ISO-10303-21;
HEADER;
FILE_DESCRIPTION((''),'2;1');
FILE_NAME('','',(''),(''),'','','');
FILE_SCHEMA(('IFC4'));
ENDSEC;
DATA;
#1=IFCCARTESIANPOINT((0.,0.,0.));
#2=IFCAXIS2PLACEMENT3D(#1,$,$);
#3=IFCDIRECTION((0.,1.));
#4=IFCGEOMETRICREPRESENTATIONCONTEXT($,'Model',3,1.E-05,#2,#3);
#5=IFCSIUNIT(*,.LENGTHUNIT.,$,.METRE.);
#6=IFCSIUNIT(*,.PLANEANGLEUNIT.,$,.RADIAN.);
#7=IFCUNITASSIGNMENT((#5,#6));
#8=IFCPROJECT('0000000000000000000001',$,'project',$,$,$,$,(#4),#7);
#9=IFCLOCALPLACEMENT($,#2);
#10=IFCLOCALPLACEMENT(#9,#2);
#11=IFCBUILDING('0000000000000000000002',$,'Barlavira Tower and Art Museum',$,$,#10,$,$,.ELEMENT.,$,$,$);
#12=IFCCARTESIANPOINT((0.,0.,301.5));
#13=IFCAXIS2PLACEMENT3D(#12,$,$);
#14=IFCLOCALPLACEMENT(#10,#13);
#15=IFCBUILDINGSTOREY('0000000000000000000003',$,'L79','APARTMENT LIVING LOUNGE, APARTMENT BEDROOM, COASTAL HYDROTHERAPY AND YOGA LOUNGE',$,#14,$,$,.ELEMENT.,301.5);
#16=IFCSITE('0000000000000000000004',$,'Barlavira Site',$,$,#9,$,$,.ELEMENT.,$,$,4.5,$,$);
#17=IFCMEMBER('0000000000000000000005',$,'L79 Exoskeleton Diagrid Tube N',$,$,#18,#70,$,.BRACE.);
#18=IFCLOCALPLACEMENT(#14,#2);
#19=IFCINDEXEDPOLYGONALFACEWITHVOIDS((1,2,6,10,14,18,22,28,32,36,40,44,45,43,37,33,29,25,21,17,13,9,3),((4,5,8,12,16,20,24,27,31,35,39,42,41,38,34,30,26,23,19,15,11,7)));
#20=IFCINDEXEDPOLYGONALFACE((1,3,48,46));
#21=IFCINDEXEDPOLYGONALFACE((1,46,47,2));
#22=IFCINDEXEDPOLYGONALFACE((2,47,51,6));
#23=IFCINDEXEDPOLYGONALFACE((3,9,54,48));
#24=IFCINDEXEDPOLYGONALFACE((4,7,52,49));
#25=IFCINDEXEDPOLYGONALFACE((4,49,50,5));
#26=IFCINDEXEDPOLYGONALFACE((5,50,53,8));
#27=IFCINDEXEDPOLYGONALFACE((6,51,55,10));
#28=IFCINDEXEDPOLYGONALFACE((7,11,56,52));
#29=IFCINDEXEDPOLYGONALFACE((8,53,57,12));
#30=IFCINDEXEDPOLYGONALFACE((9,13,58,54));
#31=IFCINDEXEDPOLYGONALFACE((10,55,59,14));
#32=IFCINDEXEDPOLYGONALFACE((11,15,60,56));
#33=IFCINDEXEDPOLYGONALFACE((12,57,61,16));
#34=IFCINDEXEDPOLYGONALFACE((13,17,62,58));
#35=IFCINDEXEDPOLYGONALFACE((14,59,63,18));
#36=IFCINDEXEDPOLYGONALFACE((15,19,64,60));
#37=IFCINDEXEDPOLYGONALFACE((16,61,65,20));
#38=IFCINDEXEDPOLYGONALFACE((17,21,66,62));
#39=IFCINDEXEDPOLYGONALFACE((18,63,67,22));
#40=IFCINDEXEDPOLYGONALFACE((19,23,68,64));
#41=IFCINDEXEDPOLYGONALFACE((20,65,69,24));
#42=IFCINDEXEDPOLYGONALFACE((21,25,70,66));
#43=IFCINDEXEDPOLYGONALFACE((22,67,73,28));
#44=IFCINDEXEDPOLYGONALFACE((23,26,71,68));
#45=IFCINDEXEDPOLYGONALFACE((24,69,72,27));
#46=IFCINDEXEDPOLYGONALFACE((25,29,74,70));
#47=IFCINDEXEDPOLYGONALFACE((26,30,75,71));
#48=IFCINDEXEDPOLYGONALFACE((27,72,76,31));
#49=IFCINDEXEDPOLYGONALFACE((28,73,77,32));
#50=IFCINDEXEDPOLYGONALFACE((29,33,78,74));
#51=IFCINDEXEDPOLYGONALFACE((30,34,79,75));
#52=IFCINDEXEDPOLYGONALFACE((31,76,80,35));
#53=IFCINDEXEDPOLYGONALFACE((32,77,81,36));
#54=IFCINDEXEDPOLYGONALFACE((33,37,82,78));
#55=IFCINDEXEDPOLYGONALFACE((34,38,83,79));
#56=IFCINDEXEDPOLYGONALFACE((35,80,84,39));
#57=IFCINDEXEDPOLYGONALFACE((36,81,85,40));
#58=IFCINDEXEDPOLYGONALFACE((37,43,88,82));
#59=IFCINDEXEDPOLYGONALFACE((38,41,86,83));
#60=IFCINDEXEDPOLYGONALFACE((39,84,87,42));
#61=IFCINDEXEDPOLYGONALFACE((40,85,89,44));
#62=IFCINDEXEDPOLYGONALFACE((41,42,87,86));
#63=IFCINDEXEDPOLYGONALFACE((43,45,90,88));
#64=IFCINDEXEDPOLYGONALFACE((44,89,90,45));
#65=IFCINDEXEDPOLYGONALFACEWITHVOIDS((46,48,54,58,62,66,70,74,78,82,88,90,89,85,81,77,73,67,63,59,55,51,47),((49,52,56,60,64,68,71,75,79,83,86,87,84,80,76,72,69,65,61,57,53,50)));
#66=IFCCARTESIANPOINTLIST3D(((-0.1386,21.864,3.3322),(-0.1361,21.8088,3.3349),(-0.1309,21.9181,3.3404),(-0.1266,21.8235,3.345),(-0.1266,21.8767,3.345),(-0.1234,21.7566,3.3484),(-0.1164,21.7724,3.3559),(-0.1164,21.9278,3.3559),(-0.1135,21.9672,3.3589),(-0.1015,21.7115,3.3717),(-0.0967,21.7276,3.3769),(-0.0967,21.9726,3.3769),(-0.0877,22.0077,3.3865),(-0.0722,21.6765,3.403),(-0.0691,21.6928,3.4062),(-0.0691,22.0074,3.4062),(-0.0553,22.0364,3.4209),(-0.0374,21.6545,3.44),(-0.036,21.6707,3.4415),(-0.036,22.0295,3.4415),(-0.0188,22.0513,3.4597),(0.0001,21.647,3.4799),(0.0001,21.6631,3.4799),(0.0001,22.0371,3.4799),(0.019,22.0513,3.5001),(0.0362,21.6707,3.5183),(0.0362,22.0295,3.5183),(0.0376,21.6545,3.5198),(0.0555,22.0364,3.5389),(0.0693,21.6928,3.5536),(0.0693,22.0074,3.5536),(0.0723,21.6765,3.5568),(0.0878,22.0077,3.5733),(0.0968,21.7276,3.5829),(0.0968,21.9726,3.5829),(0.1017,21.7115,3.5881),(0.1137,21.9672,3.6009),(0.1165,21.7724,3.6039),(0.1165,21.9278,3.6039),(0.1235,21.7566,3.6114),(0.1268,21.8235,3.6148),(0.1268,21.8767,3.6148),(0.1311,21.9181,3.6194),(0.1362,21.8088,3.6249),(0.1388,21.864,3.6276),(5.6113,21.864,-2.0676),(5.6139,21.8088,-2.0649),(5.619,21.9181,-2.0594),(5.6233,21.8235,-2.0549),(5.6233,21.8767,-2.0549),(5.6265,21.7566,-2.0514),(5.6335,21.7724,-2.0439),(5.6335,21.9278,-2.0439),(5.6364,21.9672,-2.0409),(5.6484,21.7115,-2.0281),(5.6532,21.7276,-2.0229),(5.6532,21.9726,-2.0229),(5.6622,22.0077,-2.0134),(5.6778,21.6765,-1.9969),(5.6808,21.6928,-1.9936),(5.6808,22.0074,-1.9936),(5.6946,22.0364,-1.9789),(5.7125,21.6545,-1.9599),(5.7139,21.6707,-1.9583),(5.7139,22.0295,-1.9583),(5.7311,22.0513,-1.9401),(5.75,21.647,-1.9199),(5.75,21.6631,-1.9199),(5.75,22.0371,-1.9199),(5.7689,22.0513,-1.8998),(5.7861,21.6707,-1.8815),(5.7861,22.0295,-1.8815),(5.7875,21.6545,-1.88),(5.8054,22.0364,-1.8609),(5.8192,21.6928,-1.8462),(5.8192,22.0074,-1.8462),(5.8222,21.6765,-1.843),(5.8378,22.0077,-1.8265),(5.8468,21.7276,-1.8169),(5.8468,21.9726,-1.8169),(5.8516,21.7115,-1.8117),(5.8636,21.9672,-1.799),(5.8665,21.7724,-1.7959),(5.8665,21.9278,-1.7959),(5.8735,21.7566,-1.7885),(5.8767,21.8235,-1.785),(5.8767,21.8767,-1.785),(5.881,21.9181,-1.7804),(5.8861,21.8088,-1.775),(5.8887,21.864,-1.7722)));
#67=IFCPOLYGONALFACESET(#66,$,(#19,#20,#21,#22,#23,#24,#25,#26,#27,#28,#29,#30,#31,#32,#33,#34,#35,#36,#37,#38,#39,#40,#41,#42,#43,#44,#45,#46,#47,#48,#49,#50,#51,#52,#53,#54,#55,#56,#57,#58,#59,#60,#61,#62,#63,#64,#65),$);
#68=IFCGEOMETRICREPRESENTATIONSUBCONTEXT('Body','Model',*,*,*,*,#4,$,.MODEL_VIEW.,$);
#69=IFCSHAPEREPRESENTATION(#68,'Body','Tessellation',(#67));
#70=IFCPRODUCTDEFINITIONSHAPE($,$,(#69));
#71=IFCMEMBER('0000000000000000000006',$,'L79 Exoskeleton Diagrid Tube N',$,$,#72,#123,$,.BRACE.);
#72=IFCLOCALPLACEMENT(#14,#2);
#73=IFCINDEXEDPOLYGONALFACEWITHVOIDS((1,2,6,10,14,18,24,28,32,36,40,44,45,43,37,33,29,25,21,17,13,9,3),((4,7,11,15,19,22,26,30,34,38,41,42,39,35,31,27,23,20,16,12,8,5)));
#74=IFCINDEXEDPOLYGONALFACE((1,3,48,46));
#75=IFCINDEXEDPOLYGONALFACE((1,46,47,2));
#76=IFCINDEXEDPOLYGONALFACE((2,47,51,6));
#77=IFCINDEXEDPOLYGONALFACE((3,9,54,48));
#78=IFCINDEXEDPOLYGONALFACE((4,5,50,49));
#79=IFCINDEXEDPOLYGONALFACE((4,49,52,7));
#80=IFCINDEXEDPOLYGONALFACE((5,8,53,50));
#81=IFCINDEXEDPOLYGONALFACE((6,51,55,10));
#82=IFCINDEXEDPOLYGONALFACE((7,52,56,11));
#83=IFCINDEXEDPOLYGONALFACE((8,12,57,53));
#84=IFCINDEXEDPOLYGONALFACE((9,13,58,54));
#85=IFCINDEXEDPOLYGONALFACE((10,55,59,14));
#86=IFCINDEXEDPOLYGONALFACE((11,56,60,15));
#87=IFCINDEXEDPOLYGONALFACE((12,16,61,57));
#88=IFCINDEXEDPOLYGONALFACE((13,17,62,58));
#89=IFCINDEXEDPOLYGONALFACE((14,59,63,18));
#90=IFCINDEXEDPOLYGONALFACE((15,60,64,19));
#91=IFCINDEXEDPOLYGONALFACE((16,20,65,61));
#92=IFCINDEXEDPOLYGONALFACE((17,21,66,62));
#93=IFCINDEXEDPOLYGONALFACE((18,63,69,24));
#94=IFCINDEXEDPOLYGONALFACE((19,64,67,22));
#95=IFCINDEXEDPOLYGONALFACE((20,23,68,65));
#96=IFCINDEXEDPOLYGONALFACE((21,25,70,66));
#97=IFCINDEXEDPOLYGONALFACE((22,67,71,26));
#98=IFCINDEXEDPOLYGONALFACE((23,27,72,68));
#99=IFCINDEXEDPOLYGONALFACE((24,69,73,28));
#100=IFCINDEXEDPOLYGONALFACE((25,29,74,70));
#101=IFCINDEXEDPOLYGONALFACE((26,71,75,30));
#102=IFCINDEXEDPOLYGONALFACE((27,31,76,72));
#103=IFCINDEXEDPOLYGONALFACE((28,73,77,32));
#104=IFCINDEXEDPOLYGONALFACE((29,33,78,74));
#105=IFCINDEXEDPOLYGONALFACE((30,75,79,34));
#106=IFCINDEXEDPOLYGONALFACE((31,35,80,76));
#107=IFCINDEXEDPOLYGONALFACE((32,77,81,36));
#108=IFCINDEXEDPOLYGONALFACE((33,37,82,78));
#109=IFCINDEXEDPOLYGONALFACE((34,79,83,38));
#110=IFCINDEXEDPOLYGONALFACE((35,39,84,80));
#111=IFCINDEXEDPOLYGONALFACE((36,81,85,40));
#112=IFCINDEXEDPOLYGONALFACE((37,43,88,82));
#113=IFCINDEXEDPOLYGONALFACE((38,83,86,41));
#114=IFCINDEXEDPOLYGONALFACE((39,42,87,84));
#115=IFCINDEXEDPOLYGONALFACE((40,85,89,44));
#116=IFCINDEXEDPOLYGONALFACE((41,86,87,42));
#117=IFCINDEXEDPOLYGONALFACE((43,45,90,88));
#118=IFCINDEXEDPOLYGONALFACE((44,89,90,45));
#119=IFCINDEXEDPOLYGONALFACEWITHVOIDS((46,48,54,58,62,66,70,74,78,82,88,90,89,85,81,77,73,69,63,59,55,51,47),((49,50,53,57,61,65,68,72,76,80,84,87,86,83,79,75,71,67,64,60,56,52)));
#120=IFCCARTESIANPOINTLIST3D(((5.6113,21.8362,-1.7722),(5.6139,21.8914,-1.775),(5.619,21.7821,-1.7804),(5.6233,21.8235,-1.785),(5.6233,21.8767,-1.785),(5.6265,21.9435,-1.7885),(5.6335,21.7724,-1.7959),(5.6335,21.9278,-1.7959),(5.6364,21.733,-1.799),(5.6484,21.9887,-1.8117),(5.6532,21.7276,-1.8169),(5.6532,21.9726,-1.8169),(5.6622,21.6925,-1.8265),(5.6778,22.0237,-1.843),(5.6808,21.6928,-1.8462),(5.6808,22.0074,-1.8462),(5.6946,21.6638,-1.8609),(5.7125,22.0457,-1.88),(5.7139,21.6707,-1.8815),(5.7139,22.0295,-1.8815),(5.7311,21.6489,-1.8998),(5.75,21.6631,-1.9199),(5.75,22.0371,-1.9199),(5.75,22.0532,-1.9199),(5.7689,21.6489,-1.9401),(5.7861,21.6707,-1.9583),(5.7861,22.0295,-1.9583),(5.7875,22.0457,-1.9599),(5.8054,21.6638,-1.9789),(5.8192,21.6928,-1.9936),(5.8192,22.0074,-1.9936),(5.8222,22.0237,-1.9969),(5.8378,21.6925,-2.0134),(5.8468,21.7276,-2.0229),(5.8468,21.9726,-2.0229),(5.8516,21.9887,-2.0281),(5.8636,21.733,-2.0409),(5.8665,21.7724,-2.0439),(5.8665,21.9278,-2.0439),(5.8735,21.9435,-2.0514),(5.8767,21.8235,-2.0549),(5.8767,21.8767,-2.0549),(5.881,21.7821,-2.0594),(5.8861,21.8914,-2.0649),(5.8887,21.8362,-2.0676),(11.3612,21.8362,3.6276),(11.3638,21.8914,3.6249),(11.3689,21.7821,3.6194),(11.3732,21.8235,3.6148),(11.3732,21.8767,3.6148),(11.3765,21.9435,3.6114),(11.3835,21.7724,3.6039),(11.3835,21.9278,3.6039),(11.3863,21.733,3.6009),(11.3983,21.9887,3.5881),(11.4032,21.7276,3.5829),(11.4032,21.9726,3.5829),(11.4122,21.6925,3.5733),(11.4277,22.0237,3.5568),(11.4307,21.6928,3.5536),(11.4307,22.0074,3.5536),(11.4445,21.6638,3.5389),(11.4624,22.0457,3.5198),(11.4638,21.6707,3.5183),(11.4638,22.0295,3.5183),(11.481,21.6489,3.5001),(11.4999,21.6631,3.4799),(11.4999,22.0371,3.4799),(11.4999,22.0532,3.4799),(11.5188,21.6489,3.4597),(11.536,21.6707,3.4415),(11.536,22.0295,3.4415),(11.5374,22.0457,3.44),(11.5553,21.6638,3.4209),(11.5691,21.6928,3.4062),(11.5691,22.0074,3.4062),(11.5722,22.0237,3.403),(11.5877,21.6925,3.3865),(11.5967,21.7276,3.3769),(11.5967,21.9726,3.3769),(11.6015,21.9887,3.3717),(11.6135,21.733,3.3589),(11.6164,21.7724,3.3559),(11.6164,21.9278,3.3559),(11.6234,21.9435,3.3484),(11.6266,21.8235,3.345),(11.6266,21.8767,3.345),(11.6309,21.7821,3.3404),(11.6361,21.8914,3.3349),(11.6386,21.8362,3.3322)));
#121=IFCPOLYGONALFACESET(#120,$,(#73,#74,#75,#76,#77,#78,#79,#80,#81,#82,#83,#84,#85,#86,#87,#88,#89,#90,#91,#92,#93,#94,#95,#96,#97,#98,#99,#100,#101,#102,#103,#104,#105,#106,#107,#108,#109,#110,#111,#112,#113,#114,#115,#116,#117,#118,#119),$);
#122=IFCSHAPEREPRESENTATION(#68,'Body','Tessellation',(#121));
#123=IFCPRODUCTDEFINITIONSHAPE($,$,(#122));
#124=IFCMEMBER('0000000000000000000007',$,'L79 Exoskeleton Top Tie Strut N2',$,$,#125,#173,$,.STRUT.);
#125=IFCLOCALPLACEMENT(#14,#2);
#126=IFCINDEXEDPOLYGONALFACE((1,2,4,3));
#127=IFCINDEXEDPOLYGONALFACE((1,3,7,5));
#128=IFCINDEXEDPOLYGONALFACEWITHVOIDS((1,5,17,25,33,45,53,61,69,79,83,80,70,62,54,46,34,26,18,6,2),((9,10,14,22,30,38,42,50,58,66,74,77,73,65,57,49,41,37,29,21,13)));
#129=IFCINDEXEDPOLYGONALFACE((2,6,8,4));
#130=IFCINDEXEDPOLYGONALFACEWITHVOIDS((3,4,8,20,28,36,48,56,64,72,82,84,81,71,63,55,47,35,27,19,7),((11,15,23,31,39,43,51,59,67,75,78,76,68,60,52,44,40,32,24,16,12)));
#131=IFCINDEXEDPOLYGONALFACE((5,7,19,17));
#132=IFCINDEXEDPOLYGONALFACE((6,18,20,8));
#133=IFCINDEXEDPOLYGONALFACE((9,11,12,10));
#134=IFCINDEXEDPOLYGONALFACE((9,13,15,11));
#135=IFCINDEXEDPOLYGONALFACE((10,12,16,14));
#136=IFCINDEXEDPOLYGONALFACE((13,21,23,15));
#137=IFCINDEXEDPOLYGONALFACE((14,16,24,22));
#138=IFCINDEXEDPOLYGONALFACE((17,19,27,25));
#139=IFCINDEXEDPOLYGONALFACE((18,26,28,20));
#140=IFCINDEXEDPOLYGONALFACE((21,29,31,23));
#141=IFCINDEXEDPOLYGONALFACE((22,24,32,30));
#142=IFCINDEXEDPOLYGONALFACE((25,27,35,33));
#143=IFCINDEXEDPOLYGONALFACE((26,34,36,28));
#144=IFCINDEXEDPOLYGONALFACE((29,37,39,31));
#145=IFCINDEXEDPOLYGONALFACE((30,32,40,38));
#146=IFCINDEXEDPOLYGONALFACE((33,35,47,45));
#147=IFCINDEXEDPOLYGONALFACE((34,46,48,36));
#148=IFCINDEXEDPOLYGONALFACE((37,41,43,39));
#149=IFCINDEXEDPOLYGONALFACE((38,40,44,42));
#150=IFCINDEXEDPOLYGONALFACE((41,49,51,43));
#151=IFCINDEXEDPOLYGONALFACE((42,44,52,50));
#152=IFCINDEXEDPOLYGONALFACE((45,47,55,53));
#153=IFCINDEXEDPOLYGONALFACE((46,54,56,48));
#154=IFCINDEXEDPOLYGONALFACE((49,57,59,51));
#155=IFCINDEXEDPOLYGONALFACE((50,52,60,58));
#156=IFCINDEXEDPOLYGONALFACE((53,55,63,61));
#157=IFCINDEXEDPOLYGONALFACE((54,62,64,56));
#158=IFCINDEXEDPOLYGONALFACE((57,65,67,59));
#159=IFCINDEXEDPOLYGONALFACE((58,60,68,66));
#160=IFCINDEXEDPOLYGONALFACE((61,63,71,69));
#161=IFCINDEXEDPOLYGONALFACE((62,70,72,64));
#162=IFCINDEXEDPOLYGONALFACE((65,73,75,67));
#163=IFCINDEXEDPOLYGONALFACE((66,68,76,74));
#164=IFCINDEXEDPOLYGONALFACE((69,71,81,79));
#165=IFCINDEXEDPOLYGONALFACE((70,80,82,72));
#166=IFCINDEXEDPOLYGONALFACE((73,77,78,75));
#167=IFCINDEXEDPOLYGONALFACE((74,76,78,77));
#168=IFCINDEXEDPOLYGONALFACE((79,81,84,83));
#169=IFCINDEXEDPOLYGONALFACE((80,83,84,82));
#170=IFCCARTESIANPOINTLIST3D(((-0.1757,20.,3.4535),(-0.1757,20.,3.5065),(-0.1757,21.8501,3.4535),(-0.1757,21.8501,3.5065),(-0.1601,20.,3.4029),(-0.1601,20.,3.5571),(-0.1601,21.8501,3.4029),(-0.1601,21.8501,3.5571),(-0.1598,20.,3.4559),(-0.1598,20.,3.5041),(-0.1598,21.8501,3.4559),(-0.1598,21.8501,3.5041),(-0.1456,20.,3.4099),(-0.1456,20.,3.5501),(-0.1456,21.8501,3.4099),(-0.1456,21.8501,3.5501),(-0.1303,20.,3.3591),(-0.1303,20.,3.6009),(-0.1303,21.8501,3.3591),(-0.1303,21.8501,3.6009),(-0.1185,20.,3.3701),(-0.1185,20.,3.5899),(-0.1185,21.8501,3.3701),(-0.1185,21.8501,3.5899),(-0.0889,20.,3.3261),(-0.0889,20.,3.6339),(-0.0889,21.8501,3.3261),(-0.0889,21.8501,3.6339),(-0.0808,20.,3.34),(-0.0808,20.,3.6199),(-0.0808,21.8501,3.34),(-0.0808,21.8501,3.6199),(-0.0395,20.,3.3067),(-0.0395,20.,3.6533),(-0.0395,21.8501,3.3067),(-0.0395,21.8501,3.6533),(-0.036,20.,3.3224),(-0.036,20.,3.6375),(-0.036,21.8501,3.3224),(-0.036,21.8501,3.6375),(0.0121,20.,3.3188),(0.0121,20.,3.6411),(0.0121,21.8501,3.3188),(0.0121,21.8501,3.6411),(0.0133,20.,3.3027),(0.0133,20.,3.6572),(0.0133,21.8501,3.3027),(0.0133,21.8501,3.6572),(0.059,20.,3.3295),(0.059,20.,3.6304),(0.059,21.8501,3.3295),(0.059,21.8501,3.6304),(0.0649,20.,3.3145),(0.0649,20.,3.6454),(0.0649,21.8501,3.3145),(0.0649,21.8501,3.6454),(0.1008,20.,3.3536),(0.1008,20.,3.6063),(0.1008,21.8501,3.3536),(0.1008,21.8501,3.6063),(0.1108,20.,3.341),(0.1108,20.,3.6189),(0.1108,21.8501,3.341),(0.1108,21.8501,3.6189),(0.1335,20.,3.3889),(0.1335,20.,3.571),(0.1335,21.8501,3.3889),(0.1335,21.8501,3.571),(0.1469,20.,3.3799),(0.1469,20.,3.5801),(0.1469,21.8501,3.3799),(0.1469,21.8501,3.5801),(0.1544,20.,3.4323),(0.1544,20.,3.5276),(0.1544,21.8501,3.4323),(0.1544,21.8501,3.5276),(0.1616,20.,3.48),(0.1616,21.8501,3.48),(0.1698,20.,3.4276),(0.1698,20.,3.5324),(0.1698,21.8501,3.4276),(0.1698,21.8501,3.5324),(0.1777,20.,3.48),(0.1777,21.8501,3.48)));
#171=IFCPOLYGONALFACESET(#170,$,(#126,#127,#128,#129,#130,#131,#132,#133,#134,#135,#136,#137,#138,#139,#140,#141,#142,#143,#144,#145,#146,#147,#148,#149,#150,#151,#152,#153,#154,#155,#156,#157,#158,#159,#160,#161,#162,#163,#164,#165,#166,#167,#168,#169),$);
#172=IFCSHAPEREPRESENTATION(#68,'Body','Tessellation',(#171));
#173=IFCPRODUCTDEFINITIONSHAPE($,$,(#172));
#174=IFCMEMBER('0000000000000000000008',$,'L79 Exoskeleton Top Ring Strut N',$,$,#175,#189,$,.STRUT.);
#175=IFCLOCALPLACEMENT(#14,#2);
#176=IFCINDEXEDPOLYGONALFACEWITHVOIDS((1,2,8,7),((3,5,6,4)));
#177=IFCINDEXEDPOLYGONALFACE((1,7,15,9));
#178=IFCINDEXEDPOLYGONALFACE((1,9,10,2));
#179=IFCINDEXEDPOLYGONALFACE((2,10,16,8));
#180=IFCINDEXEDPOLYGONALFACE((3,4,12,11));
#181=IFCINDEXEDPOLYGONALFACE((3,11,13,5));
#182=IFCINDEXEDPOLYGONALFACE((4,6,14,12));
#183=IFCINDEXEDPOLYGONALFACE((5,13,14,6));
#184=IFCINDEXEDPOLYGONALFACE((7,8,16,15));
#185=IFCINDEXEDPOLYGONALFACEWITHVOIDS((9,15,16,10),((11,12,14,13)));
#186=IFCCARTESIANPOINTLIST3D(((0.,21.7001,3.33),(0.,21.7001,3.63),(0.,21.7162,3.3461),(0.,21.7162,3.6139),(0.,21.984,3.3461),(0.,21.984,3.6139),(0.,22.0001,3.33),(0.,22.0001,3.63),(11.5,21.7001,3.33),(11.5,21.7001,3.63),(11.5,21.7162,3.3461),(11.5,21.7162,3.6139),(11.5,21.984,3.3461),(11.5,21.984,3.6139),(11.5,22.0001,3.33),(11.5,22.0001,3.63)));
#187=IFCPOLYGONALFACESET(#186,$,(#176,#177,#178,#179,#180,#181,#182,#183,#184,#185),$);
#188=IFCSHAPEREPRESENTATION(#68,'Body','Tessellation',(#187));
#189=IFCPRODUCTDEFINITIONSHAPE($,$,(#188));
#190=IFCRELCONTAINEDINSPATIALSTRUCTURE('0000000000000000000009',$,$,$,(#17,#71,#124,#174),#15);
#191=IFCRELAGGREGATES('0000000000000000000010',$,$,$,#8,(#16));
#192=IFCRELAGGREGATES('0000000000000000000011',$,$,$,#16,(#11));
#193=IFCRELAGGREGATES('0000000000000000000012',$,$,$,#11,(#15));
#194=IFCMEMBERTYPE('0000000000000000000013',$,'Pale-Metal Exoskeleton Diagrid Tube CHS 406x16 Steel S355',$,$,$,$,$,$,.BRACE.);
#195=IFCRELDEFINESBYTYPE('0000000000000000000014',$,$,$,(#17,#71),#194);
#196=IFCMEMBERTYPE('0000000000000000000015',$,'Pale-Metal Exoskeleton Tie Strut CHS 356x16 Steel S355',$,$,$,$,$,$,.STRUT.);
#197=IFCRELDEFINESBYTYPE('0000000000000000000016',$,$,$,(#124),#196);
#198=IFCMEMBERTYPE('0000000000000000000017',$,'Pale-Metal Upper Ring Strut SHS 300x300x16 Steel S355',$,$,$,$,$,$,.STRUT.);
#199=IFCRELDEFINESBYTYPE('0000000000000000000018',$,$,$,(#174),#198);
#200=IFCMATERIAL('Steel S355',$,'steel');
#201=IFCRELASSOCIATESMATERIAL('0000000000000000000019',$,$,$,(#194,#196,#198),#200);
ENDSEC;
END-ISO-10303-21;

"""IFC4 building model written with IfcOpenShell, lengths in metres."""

from ifc_helpers import new_model, si_unit, direction, frame, origin, origin_2d, place, context, subcontext, project, spatial, hollow_rectangle, hollow_circle, extrude, material, material_profile, profile_set, type_object, element, save


model = new_model("IFC4")

# Units and contexts
model_context = context("Model", 3, precision=1e-05, world=origin(), true_north=direction((0.0, 1.0)))
body_context = subcontext(model_context, "Body", "Model", "MODEL_VIEW")
ifc_project = project(units=[si_unit("LENGTHUNIT", "METRE"), si_unit("PLANEANGLEUNIT", "RADIAN")], contexts=[model_context])

# Site, building, storey
site_placement = place(None, origin())
site = spatial("IfcSite", under=ifc_project, at=site_placement, Name="Barlavira Site", CompositionType="ELEMENT", RefElevation=4.5)
building_placement = place(site_placement, origin())
building = spatial("IfcBuilding", under=site, at=building_placement, Name="Barlavira Tower and Art Museum", CompositionType="ELEMENT")
storey_placement = place(building_placement, frame((0.0, 0.0, 301.5)))
storey = spatial("IfcBuildingStorey", under=building, at=storey_placement, Name="L79", Description="APARTMENT LIVING LOUNGE, APARTMENT BEDROOM, COASTAL HYDROTHERAPY AND YOGA LOUNGE", CompositionType="ELEMENT", Elevation=301.5)

# Members
ifc_material_1 = material(Name="Steel S355", Category="steel")
ifc_material_profile_1 = material_profile(ifc_material_1, hollow_circle(Radius=0.2031, WallThickness=0.0161, at=origin_2d()), Name="CHS 406.4x16.0")
ifc_profile_set_1 = profile_set([ifc_material_profile_1], Name="Steel S355")
member_type_1 = type_object("IfcMemberType", Name="Pale-Metal Exoskeleton Diagrid Tube CHS 406x16 Steel S355", PredefinedType="BRACE", material=ifc_profile_set_1)
for number, where, z_axis, x_axis, name in (
    (1, (5.75, 21.8501, -1.9199), (-0.72895, 0.0, 0.684567), (0.0, -1.0, 0.0), "L79 Exoskeleton Diagrid Tube N"),
    (2, (5.75, 21.8501, -1.9199), (0.72895, 0.0, 0.684567), (0.0, 1.0, 0.0), "L79 Exoskeleton Diagrid Tube N"),
):
    element("IfcMember", number, at=place(storey_placement, frame(where, z_axis=z_axis, x_axis=x_axis)), inside=storey, type_object=member_type_1, Name=name, PredefinedType="BRACE", context=body_context, shape_type="SweptSolid", body=[
        extrude(hollow_circle(Radius=0.2031, WallThickness=0.0161, at=origin_2d()), origin(), (0.0, 0.0, 1.0), 7.8879),
    ])
ifc_material_profile_2 = material_profile(ifc_material_1, hollow_circle(Radius=0.1777, WallThickness=0.0161, at=origin_2d()), Name="CHS 355.6x16.0")
ifc_profile_set_2 = profile_set([ifc_material_profile_2], Name="Steel S355")
member_type_2 = type_object("IfcMemberType", Name="Pale-Metal Exoskeleton Tie Strut CHS 356x16 Steel S355", PredefinedType="STRUT", material=ifc_profile_set_2)
member_1_placement = place(storey_placement, frame((0.0, 21.8501, 3.48), z_axis=(0.0, -1.0, 0.0), x_axis=(1.0, 0.0, 0.0)))
element("IfcMember", 3, at=member_1_placement, inside=storey, type_object=member_type_2, Name="L79 Exoskeleton Top Tie Strut N2", PredefinedType="STRUT", context=body_context, shape_type="SweptSolid", body=[
    extrude(hollow_circle(Radius=0.1777, WallThickness=0.0161, at=origin_2d()), origin(), (0.0, 0.0, 1.0), 1.8501),
])
ifc_material_profile_3 = material_profile(ifc_material_1, hollow_rectangle(XDim=0.3, YDim=0.3, WallThickness=0.0161, at=origin_2d()), Name="SHS 300x300x16.0")
ifc_profile_set_3 = profile_set([ifc_material_profile_3], Name="Steel S355")
member_type_3 = type_object("IfcMemberType", Name="Pale-Metal Upper Ring Strut SHS 300x300x16 Steel S355", PredefinedType="STRUT", material=ifc_profile_set_3)
member_2_placement = place(storey_placement, frame((0.0, 21.8501, 3.48), z_axis=(1.0, 0.0, 0.0), x_axis=(0.0, 1.0, 0.0)))
element("IfcMember", 4, at=member_2_placement, inside=storey, type_object=member_type_3, Name="L79 Exoskeleton Top Ring Strut N", PredefinedType="STRUT", context=body_context, shape_type="SweptSolid", body=[
    extrude(hollow_rectangle(XDim=0.3, YDim=0.3, WallThickness=0.0161, at=origin_2d()), origin(), (0.0, 0.0, 1.0), 11.5),
])

save(model, "model.ifc")
